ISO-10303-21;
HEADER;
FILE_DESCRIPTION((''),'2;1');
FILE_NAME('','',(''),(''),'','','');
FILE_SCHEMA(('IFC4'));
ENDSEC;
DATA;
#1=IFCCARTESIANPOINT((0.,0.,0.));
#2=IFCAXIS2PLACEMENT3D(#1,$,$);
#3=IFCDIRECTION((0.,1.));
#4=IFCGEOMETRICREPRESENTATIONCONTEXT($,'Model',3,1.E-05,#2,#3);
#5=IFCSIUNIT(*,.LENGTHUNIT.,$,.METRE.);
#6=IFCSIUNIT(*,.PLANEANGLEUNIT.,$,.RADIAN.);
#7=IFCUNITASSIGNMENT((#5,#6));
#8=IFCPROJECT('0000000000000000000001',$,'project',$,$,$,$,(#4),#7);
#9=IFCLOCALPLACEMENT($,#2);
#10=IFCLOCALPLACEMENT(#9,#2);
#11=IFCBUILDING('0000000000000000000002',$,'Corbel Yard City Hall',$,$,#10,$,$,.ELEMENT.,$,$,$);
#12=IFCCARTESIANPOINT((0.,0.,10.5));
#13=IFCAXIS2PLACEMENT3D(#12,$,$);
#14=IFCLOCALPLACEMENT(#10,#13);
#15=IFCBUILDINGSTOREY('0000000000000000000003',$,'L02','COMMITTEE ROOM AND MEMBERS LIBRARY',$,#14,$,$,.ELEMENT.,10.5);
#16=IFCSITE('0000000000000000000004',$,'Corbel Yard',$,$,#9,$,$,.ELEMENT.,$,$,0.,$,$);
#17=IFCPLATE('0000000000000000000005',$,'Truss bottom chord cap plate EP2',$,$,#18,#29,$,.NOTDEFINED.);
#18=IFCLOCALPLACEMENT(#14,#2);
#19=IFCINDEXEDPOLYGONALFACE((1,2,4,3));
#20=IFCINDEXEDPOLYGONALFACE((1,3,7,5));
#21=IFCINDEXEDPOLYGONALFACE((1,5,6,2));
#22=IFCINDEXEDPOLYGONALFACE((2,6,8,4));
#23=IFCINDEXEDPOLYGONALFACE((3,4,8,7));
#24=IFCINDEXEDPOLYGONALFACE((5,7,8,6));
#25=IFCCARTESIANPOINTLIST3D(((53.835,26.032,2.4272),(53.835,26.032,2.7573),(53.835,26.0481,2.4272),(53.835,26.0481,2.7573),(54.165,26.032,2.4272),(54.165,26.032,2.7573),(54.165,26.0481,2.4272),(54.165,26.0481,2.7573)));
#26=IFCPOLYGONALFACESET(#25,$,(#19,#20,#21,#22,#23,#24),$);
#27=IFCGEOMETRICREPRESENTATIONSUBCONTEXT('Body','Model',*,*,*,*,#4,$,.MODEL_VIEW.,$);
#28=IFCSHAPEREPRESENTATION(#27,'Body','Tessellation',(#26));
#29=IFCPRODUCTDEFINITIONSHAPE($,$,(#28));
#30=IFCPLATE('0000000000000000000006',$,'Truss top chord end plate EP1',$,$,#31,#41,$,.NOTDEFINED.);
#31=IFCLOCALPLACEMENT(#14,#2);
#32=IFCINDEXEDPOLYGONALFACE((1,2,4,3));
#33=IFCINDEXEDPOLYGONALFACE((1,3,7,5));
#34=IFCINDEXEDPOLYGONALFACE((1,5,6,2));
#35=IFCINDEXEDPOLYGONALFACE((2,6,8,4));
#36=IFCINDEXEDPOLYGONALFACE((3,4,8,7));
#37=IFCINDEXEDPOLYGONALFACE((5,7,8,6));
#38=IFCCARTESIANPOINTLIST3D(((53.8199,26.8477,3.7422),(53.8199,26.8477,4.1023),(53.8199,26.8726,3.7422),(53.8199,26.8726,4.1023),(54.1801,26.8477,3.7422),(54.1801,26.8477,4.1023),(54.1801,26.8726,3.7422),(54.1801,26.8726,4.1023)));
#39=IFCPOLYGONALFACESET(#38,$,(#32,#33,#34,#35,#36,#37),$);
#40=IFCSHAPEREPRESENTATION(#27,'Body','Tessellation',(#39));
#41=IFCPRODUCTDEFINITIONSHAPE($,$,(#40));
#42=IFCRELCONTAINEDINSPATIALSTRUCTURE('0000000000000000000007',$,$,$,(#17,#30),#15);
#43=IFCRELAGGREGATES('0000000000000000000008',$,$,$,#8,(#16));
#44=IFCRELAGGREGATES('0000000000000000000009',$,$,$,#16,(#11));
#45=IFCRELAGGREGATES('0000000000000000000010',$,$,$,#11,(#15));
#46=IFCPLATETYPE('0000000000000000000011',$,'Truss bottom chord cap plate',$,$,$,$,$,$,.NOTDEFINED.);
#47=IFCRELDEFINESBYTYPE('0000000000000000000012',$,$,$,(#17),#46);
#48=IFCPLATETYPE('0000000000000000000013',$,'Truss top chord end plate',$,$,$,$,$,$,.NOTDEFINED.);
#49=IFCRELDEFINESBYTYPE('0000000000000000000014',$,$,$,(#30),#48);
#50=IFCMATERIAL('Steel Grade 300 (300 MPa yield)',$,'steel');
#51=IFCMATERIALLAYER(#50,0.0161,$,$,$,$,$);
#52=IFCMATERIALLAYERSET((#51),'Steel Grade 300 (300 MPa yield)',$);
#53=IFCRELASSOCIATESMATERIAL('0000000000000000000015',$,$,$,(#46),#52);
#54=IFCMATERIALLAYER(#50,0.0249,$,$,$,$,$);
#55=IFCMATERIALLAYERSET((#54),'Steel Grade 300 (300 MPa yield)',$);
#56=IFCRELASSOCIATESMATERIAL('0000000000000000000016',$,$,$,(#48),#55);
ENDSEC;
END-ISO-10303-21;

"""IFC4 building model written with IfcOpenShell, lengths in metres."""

from ifc_helpers import new_model, si_unit, direction, frame, origin, origin_2d, place, context, subcontext, project, spatial, rectangle, extrude, material, layer, layer_set, type_object, element, save


model = new_model("IFC4")

# Units and contexts
model_context = context("Model", 3, precision=1e-05, world=origin(), true_north=direction((0.0, 1.0)))
body_context = subcontext(model_context, "Body", "Model", "MODEL_VIEW")
ifc_project = project(units=[si_unit("LENGTHUNIT", "METRE"), si_unit("PLANEANGLEUNIT", "RADIAN")], contexts=[model_context])

# Site, building, storey
site_placement = place(None, origin())
site = spatial("IfcSite", under=ifc_project, at=site_placement, Name="Corbel Yard", CompositionType="ELEMENT", RefElevation=0.0)
building_placement = place(site_placement, origin())
building = spatial("IfcBuilding", under=site, at=building_placement, Name="Corbel Yard City Hall", CompositionType="ELEMENT")
storey_placement = place(building_placement, frame((0.0, 0.0, 10.5)))
storey = spatial("IfcBuildingStorey", under=building, at=storey_placement, Name="L02", Description="COMMITTEE ROOM AND MEMBERS LIBRARY", CompositionType="ELEMENT", Elevation=10.5)

# Shared definitions
ifc_material_1 = material(Name="Steel Grade 300 (300 MPa yield)", Category="steel")

# Plates
ifc_layer_1 = layer(ifc_material_1, 0.0161)
ifc_layer_set_1 = layer_set([ifc_layer_1], Name="Steel Grade 300 (300 MPa yield)")
plate_type_1 = type_object("IfcPlateType", Name="Truss bottom chord cap plate", PredefinedType="NOTDEFINED", material=ifc_layer_set_1)
plate_1_placement = place(storey_placement, frame((54.0, 26.04, 2.4272), z_axis=(0.0, 0.0, 1.0), x_axis=(1.0, 0.0, 0.0)))
element("IfcPlate", 1, at=plate_1_placement, inside=storey, type_object=plate_type_1, Name="Truss bottom chord cap plate EP2", PredefinedType="NOTDEFINED", context=body_context, shape_type="SweptSolid", body=[
    extrude(rectangle(XDim=0.3301, YDim=0.0161, at=origin_2d()), origin(), (0.0, 0.0, 1.0), 0.3301),
])
ifc_layer_2 = layer(ifc_material_1, 0.0249)
ifc_layer_set_2 = layer_set([ifc_layer_2], Name="Steel Grade 300 (300 MPa yield)")
plate_type_2 = type_object("IfcPlateType", Name="Truss top chord end plate", PredefinedType="NOTDEFINED", material=ifc_layer_set_2)
plate_2_placement = place(storey_placement, frame((54.0, 26.8601, 3.7422), z_axis=(0.0, 0.0, 1.0), x_axis=(1.0, 0.0, 0.0)))
element("IfcPlate", 2, at=plate_2_placement, inside=storey, type_object=plate_type_2, Name="Truss top chord end plate EP1", PredefinedType="NOTDEFINED", context=body_context, shape_type="SweptSolid", body=[
    extrude(rectangle(XDim=0.3601, YDim=0.0249, at=origin_2d()), origin(), (0.0, 0.0, 1.0), 0.3601),
])

save(model, "model.ifc")
